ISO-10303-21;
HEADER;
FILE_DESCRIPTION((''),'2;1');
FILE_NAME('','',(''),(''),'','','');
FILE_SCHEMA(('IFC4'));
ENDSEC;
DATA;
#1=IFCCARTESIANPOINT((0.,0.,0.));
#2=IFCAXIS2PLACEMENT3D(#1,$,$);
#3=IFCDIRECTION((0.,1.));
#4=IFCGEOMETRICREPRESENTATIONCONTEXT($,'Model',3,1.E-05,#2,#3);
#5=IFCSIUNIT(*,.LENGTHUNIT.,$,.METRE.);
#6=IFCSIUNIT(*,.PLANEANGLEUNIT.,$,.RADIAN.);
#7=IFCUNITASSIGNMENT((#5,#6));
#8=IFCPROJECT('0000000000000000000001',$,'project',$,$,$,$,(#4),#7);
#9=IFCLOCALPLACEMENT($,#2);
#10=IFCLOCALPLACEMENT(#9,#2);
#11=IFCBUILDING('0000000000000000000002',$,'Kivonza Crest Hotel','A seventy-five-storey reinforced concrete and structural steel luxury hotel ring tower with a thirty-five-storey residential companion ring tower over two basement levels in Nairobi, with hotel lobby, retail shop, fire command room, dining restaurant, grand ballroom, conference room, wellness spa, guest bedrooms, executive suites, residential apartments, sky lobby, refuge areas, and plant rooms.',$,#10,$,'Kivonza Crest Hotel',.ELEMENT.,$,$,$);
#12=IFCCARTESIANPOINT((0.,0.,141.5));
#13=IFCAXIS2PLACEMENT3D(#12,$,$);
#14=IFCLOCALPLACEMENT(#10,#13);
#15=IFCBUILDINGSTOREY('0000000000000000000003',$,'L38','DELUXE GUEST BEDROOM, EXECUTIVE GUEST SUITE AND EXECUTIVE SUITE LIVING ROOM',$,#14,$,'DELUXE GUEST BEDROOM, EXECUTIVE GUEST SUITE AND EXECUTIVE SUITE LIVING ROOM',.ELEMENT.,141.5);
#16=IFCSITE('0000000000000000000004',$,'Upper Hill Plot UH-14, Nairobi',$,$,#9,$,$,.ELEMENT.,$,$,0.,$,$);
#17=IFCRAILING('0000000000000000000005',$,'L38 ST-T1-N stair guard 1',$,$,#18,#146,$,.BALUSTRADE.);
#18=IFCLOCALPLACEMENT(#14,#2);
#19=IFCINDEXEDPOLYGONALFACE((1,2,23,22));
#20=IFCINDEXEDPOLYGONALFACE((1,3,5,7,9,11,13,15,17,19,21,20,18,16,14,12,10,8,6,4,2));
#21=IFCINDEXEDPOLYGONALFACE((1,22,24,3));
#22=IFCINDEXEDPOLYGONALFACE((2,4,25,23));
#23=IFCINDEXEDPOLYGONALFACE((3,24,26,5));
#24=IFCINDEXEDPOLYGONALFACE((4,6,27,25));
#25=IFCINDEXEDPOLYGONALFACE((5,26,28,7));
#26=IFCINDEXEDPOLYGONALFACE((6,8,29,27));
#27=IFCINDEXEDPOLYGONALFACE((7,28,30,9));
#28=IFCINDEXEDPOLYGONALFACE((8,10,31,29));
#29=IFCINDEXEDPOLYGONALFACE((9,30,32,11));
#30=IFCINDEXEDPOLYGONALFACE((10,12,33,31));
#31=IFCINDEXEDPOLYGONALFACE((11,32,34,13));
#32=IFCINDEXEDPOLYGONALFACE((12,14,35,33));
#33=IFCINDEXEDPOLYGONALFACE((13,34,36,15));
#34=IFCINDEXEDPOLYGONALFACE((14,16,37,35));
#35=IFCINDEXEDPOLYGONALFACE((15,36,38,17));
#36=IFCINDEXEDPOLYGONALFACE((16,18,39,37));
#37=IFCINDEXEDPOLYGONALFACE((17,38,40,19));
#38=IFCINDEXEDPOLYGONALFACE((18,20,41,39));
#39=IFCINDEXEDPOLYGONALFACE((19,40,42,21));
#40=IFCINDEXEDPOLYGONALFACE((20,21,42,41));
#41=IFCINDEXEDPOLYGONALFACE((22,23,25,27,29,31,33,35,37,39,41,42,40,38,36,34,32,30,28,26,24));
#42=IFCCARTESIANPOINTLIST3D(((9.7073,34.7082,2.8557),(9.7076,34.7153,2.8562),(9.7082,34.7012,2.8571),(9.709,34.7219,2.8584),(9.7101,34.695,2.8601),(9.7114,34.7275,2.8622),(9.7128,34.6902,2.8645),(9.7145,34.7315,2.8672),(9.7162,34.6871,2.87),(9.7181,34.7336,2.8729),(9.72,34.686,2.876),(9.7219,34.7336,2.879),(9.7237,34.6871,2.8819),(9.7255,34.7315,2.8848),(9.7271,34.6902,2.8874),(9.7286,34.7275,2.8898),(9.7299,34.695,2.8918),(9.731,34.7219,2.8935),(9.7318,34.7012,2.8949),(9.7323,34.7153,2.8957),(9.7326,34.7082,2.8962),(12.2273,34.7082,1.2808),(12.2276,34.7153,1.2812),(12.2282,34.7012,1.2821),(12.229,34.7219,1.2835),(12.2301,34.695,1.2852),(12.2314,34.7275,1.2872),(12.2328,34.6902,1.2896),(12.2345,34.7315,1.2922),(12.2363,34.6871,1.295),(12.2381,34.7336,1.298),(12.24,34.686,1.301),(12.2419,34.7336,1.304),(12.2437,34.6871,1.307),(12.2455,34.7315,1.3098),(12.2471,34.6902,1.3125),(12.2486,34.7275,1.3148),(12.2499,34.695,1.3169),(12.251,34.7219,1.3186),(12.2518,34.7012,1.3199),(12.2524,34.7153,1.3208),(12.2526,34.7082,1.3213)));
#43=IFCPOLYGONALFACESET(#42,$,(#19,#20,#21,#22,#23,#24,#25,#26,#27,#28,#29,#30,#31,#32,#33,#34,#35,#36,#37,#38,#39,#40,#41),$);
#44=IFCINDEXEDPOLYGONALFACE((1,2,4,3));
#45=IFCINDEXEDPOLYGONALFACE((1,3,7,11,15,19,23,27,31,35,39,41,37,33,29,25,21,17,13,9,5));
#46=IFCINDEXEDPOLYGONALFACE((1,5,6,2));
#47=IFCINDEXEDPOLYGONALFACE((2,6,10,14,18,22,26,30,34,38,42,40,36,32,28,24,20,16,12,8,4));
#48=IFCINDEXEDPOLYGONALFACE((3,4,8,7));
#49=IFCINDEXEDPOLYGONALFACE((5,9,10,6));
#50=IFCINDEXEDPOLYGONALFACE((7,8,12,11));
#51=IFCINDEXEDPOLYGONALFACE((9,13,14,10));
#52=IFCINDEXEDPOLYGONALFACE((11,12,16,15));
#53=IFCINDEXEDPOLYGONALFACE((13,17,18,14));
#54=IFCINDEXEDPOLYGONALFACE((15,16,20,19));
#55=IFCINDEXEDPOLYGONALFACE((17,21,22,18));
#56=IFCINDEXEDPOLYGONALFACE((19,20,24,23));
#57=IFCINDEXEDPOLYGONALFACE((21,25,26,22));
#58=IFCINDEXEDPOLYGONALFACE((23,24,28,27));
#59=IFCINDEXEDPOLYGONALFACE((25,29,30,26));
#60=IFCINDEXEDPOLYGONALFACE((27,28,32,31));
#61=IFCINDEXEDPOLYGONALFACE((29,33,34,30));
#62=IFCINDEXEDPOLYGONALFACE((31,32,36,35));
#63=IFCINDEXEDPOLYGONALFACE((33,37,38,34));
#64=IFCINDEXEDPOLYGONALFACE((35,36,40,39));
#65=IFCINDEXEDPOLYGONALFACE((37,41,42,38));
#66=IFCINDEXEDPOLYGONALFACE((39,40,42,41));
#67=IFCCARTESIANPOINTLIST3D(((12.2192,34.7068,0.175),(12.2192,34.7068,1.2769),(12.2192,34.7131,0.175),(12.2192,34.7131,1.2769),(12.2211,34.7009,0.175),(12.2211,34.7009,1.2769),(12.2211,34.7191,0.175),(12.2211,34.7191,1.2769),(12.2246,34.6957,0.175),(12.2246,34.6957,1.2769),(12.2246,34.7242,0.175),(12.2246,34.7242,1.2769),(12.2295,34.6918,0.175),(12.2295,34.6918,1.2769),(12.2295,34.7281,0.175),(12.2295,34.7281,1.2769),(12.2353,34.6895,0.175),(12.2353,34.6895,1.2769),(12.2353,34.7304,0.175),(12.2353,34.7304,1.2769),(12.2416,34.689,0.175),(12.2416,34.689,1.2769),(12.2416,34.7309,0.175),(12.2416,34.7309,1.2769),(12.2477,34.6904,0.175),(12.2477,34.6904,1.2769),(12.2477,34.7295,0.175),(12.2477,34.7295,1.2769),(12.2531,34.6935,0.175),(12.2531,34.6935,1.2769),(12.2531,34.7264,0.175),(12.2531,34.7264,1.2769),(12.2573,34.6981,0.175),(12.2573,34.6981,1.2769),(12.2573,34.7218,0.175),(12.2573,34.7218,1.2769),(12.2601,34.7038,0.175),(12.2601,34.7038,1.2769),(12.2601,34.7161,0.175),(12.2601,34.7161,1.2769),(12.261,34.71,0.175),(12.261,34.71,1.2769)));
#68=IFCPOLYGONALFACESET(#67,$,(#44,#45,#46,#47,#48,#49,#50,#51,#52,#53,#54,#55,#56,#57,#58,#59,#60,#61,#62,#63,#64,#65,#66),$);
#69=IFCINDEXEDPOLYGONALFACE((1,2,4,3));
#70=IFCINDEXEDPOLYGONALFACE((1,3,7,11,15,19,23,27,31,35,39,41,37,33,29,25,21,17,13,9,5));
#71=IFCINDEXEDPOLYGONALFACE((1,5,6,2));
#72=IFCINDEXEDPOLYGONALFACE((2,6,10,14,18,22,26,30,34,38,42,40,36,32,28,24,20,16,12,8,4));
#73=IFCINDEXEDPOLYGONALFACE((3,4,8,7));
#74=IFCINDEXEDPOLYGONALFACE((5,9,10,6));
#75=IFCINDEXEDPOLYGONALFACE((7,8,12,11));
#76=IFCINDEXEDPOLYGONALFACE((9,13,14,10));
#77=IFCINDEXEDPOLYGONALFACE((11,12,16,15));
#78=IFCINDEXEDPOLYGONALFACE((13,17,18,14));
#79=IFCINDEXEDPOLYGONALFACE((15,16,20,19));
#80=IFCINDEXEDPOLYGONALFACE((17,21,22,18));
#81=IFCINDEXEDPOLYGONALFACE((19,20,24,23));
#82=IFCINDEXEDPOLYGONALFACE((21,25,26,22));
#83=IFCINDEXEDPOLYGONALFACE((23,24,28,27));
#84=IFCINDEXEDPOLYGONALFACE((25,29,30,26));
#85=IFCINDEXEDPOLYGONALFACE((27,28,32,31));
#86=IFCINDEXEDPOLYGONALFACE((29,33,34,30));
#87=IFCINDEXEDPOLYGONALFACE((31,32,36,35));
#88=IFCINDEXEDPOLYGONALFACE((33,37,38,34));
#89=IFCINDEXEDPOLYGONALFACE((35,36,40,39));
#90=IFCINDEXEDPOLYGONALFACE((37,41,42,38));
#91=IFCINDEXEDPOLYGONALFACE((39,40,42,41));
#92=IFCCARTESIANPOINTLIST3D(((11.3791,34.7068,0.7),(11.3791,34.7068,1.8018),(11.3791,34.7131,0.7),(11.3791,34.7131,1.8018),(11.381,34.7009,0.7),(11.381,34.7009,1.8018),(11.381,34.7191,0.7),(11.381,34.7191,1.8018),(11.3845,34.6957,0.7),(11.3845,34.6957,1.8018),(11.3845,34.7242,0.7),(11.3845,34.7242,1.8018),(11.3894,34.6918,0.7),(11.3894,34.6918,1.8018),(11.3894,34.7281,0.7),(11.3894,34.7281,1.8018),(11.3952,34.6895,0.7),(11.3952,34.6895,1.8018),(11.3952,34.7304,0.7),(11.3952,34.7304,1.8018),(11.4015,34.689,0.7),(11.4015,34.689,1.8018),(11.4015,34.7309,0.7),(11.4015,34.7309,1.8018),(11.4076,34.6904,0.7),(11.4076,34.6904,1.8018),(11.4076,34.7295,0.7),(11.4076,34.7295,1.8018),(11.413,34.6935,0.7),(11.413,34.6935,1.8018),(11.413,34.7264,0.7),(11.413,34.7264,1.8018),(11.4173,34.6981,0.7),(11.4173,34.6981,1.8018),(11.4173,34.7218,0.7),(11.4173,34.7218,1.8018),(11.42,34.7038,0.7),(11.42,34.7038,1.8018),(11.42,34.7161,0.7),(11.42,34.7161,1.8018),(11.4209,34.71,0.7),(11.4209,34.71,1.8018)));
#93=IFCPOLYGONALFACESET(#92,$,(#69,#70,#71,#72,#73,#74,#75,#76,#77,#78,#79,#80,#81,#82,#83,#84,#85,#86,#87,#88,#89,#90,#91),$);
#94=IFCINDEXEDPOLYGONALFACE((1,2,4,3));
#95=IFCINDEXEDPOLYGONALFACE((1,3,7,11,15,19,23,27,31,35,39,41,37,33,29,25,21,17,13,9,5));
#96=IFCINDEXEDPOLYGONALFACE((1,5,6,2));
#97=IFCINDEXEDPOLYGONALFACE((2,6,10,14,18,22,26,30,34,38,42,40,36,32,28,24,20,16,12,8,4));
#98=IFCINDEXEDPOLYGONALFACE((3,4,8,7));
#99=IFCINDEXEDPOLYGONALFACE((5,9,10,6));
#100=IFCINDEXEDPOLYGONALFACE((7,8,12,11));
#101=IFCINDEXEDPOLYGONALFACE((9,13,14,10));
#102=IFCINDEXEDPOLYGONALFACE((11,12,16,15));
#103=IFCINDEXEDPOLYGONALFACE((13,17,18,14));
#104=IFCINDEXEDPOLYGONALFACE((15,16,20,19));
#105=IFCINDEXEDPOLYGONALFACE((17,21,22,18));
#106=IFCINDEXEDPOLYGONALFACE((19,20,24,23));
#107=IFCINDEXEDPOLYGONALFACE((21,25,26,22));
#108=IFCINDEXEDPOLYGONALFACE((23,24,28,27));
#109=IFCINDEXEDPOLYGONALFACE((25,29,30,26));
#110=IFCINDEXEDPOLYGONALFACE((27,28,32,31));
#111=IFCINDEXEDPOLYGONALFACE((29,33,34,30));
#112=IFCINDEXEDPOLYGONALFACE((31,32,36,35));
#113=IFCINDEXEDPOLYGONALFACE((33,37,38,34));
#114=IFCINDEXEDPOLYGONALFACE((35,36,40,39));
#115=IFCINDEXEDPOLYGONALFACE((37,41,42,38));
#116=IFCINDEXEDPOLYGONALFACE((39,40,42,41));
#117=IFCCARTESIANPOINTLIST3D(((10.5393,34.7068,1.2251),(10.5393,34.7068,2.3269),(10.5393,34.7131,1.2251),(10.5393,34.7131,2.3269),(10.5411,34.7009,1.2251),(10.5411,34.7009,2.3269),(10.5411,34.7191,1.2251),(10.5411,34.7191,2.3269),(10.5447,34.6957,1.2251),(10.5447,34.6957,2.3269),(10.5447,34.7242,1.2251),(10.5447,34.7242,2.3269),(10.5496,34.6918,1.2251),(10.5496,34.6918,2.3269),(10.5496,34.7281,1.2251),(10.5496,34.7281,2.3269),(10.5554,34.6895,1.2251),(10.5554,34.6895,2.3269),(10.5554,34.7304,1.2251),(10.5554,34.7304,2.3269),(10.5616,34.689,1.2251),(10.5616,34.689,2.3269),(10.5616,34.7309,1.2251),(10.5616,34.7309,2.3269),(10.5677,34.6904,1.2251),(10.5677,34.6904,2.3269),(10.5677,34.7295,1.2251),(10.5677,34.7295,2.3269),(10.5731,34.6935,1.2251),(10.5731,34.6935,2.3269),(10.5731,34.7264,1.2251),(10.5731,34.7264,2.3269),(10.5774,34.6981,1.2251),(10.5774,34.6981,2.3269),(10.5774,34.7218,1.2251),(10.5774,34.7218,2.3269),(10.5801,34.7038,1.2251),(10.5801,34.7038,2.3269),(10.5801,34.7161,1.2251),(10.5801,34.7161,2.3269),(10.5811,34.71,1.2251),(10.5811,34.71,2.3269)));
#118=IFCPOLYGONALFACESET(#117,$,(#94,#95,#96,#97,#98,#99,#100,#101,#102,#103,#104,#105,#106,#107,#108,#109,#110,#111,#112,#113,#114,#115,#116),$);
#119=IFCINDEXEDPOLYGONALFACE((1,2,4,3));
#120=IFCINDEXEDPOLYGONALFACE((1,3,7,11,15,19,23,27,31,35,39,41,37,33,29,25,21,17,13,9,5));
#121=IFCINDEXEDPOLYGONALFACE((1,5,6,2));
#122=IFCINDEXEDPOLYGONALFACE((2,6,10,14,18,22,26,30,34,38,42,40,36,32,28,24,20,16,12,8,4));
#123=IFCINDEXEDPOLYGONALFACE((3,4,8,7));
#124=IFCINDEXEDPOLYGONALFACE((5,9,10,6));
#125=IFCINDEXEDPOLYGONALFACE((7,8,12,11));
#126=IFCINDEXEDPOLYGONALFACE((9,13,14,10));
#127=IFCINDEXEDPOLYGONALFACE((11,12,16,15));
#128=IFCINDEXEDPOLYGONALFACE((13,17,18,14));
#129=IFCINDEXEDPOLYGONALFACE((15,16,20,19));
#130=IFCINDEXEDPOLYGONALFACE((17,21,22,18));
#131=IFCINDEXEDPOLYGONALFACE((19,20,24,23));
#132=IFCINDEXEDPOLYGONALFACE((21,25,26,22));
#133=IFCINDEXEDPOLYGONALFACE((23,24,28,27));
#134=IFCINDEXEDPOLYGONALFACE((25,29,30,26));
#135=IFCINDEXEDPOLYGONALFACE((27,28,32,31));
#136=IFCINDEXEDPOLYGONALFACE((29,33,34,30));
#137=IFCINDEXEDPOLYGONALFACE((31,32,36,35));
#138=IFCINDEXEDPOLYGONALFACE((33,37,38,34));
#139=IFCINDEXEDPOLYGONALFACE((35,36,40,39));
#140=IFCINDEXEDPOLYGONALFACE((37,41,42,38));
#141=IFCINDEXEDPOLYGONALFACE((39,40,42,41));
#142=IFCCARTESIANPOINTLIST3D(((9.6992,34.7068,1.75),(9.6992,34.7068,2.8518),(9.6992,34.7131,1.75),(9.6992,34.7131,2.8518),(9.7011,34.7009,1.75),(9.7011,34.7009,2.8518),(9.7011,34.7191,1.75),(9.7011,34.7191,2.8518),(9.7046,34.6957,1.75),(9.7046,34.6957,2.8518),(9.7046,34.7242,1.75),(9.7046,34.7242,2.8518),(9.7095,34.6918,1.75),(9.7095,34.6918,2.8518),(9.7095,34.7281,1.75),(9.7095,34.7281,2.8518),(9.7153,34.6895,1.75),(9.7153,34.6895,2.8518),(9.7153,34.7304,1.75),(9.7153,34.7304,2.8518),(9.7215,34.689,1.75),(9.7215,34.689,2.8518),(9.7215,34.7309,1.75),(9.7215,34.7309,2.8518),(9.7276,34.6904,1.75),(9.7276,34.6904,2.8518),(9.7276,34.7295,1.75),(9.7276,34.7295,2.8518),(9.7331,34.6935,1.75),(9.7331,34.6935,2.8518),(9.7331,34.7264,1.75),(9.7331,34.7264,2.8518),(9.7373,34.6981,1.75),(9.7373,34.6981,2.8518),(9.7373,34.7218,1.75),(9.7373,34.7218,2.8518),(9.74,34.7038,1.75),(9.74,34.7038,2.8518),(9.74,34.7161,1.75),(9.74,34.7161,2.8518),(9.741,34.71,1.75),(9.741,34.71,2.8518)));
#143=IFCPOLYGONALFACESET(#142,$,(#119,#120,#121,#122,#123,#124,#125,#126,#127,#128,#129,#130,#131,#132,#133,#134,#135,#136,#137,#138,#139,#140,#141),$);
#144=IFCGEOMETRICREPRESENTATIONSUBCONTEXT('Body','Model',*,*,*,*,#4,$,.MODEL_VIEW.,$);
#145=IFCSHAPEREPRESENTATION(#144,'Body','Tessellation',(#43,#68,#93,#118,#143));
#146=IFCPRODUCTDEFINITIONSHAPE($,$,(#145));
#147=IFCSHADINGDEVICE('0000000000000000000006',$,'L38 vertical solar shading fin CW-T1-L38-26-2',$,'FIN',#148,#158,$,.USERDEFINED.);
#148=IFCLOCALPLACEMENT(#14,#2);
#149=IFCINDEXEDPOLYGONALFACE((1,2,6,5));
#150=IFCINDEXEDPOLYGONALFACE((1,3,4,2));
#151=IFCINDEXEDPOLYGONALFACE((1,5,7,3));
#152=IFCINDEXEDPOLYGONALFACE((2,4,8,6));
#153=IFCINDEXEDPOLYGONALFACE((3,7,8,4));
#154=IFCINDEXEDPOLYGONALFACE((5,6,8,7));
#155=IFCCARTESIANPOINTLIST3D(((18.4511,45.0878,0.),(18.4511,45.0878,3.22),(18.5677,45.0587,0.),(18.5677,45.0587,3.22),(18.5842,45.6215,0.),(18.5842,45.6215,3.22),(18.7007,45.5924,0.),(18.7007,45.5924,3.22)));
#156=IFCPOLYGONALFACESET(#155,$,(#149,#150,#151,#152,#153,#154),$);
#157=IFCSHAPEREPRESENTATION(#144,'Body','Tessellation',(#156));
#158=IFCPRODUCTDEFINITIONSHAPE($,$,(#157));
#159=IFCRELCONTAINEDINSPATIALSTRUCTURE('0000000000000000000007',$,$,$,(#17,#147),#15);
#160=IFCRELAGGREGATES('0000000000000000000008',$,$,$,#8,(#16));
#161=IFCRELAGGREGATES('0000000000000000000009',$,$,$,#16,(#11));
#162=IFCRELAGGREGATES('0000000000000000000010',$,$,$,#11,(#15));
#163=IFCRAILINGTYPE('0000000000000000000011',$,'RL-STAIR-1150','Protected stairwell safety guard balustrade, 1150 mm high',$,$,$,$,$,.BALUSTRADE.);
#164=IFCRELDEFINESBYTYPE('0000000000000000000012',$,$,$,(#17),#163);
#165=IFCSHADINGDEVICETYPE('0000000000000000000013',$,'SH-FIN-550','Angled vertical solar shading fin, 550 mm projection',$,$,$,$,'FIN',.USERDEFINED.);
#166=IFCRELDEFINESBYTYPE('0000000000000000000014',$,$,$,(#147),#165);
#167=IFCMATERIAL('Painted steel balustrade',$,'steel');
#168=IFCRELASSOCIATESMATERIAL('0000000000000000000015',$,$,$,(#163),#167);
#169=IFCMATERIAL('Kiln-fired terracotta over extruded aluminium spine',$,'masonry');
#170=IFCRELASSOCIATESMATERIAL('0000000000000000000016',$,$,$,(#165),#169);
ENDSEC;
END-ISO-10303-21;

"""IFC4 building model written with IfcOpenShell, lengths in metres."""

from ifc_helpers import new_model, si_unit, direction, frame, origin, origin_2d, place, context, subcontext, project, spatial, rectangle, circle, extrude, material, type_object, element, save


model = new_model("IFC4")

# Units and contexts
model_context = context("Model", 3, precision=1e-05, world=origin(), true_north=direction((0.0, 1.0)))
body_context = subcontext(model_context, "Body", "Model", "MODEL_VIEW")
ifc_project = project(units=[si_unit("LENGTHUNIT", "METRE"), si_unit("PLANEANGLEUNIT", "RADIAN")], contexts=[model_context])

# Site, building, storey
site_placement = place(None, origin())
site = spatial("IfcSite", under=ifc_project, at=site_placement, Name="Upper Hill Plot UH-14, Nairobi", CompositionType="ELEMENT", RefElevation=0.0)
building_placement = place(site_placement, origin())
building = spatial("IfcBuilding", under=site, at=building_placement, Name="Kivonza Crest Hotel", Description="A seventy-five-storey reinforced concrete and structural steel luxury hotel ring tower with a thirty-five-storey residential companion ring tower over two basement levels in Nairobi, with hotel lobby, retail shop, fire command room, dining restaurant, grand ballroom, conference room, wellness spa, guest bedrooms, executive suites, residential apartments, sky lobby, refuge areas, and plant rooms.", LongName="Kivonza Crest Hotel", CompositionType="ELEMENT")
storey_placement = place(building_placement, frame((0.0, 0.0, 141.5)))
storey = spatial("IfcBuildingStorey", under=building, at=storey_placement, Name="L38", Description="DELUXE GUEST BEDROOM, EXECUTIVE GUEST SUITE AND EXECUTIVE SUITE LIVING ROOM", LongName="DELUXE GUEST BEDROOM, EXECUTIVE GUEST SUITE AND EXECUTIVE SUITE LIVING ROOM", CompositionType="ELEMENT", Elevation=141.5)

# Railing
ifc_material_1 = material(Name="Painted steel balustrade", Category="steel")
railing_type_1 = type_object("IfcRailingType", Name="RL-STAIR-1150", Description="Protected stairwell safety guard balustrade, 1150 mm high", PredefinedType="BALUSTRADE", material=ifc_material_1)
railing_1_placement = place(storey_placement, frame((12.24, 34.71, 0.175)))
element("IfcRailing", 1, at=railing_1_placement, inside=storey, type_object=railing_type_1, Name="L38 ST-T1-N stair guard 1", PredefinedType="BALUSTRADE", context=body_context, shape_type="SweptSolid", body=[
    extrude(circle(Radius=0.0239, at=origin_2d()), frame((0.0, 0.0, 1.126), z_axis=(-0.848008, 0.0, 0.529984), x_axis=(0.0, -1.0, 0.0)), (0.0, 0.0, 1.0), 2.9717),
    extrude(circle(Radius=0.021, at=origin_2d()), origin(), (0.0, 0.0, 1.0), 1.1018),
    extrude(circle(Radius=0.021, at=origin_2d()), frame((-0.8401, 0.0, 0.5249)), (0.0, 0.0, 1.0), 1.1018),
    extrude(circle(Radius=0.021, at=origin_2d()), frame((-1.6799, 0.0, 1.05)), (0.0, 0.0, 1.0), 1.1018),
    extrude(circle(Radius=0.021, at=origin_2d()), frame((-2.52, 0.0, 1.575)), (0.0, 0.0, 1.0), 1.1018),
])

# Shading device
ifc_material_2 = material(Name="Kiln-fired terracotta over extruded aluminium spine", Category="masonry")
shading_device_type = type_object("IfcShadingDeviceType", Name="SH-FIN-550", Description="Angled vertical solar shading fin, 550 mm projection", ElementType="FIN", PredefinedType="USERDEFINED", material=ifc_material_2)
shading_device_placement = place(storey_placement, frame((18.5759, 45.3401, 0.0), z_axis=(0.0, 0.0, 1.0), x_axis=(-0.970296, 0.241922, 0.0)))
element("IfcShadingDevice", 2, at=shading_device_placement, inside=storey, type_object=shading_device_type, Name="L38 vertical solar shading fin CW-T1-L38-26-2", ObjectType="FIN", PredefinedType="USERDEFINED", context=body_context, shape_type="SweptSolid", body=[
    extrude(rectangle(XDim=0.1201, YDim=0.55, at=origin_2d()), origin(), (0.0, 0.0, 1.0), 3.22),
])

save(model, "model.ifc")
